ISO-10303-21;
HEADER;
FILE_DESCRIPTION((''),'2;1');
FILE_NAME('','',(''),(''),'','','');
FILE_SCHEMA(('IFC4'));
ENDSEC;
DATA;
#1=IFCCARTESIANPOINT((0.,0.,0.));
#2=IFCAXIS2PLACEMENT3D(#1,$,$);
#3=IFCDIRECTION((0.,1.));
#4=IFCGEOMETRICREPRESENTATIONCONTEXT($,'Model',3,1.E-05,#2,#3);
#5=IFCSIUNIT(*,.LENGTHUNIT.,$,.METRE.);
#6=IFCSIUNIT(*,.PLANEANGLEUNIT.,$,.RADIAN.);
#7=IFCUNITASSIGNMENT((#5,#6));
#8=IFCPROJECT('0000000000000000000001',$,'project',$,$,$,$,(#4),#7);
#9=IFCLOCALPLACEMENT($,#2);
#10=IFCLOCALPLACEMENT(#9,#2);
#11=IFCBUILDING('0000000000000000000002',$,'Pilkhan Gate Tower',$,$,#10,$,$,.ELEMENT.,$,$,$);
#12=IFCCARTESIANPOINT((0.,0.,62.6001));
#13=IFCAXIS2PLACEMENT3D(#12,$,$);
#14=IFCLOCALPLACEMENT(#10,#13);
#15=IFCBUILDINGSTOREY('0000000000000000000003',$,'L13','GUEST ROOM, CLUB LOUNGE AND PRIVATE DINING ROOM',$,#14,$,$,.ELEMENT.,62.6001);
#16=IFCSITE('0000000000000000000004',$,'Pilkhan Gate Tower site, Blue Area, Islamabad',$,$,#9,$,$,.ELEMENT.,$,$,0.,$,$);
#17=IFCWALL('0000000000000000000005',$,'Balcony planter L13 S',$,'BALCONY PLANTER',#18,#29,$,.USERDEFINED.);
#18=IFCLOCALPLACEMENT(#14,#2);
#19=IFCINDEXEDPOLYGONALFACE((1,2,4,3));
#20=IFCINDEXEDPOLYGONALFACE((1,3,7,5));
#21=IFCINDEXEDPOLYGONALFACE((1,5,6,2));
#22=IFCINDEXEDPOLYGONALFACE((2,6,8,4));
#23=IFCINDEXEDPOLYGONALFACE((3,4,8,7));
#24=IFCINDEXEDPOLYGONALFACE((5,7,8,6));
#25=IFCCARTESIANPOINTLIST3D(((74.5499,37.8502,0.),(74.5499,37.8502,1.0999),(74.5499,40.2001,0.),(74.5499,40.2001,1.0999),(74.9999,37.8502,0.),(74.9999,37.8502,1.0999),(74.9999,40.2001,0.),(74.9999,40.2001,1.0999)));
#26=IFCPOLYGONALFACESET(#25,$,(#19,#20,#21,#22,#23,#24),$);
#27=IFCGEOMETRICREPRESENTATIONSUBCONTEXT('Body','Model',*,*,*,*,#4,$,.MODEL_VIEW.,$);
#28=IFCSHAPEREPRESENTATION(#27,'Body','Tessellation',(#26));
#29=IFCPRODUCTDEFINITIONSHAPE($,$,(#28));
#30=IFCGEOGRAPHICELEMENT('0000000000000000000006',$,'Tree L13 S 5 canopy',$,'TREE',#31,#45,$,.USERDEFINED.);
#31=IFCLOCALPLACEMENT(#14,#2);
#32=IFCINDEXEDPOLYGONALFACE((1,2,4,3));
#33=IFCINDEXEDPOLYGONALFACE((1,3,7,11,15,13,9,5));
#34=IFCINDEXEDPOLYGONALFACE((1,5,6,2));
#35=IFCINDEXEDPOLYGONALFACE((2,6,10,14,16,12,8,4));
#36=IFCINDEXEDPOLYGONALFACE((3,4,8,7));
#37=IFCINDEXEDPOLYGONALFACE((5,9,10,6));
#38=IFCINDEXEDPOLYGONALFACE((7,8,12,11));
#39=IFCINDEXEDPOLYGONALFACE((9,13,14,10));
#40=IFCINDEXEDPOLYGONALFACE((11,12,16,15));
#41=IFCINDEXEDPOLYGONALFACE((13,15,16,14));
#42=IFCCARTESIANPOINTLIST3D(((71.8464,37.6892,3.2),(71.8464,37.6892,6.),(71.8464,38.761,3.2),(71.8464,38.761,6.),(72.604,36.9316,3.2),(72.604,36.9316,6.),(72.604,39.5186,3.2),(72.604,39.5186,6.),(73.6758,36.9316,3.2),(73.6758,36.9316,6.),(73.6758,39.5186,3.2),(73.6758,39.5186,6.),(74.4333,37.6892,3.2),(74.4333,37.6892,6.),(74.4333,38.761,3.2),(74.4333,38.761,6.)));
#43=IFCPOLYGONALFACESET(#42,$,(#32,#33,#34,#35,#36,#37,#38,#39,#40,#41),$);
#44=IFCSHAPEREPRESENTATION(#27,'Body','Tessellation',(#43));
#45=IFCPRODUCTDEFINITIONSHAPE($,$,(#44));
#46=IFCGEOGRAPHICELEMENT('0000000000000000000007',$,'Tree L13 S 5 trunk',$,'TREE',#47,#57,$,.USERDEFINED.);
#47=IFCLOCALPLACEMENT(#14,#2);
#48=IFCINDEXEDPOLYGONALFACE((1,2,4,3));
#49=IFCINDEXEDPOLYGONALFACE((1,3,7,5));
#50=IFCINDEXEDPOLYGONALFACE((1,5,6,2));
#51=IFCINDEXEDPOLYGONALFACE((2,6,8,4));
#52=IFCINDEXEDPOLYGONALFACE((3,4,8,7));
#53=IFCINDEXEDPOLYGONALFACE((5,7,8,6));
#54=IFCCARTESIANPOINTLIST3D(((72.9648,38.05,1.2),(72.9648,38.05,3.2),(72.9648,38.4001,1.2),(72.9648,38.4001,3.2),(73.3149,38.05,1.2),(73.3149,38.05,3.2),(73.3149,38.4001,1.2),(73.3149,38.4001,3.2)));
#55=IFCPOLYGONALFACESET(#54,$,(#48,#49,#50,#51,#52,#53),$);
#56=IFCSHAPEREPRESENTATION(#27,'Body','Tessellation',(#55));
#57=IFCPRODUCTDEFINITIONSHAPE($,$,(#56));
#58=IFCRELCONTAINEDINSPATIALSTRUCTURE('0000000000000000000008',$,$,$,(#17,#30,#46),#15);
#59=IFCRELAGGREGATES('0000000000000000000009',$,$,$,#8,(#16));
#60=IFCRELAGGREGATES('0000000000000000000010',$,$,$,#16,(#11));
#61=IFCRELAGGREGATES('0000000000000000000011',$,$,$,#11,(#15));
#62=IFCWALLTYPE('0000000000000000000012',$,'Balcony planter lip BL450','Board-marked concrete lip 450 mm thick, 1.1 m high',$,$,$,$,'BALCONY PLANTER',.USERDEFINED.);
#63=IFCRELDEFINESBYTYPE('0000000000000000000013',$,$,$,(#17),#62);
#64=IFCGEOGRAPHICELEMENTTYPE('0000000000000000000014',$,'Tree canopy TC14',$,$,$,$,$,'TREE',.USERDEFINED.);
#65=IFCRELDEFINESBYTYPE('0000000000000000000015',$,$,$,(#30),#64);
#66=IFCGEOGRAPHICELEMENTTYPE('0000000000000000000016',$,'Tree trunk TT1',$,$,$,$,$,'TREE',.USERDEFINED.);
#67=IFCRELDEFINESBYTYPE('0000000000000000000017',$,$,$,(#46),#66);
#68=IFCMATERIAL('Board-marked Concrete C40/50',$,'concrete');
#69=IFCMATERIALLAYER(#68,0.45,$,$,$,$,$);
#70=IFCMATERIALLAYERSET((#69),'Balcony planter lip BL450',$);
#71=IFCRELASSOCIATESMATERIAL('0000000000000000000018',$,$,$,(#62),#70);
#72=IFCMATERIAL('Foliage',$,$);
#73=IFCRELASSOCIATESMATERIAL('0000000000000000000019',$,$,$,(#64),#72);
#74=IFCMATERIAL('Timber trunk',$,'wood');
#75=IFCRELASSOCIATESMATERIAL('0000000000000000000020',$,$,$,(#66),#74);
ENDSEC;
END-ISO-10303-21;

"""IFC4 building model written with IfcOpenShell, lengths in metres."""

from ifc_helpers import new_model, si_unit, direction, frame, frame_2d, origin, origin_2d, place, context, subcontext, project, spatial, polyline, rectangle, outline, extrude, material, layer, layer_set, material_profile, profile_set, type_object, element, save


model = new_model("IFC4")

# Units and contexts
model_context = context("Model", 3, precision=1e-05, world=origin(), true_north=direction((0.0, 1.0)))
body_context = subcontext(model_context, "Body", "Model", "MODEL_VIEW")
ifc_project = project(units=[si_unit("LENGTHUNIT", "METRE"), si_unit("PLANEANGLEUNIT", "RADIAN")], contexts=[model_context])

# Site, building, storey
site_placement = place(None, origin())
site = spatial("IfcSite", under=ifc_project, at=site_placement, Name="Pilkhan Gate Tower site, Blue Area, Islamabad", CompositionType="ELEMENT", RefElevation=0.0)
building_placement = place(site_placement, origin())
building = spatial("IfcBuilding", under=site, at=building_placement, Name="Pilkhan Gate Tower", CompositionType="ELEMENT")
storey_placement = place(building_placement, frame((0.0, 0.0, 62.6001)))
storey = spatial("IfcBuildingStorey", under=building, at=storey_placement, Name="L13", Description="GUEST ROOM, CLUB LOUNGE AND PRIVATE DINING ROOM", CompositionType="ELEMENT", Elevation=62.6001)

# Wall
ifc_material_1 = material(Name="Board-marked Concrete C40/50", Category="concrete")
ifc_layer_1 = layer(ifc_material_1, 0.45)
ifc_layer_set_1 = layer_set([ifc_layer_1], Name="Balcony planter lip BL450")
wall_type_1 = type_object("IfcWallType", Name="Balcony planter lip BL450", Description="Board-marked concrete lip 450 mm thick, 1.1 m high", ElementType="BALCONY PLANTER", PredefinedType="USERDEFINED", material=ifc_layer_set_1)
wall_1_placement = place(storey_placement, frame((74.7749, 40.2, 0.0), z_axis=(0.0, 0.0, 1.0), x_axis=(0.0, -1.0, 0.0)))
element("IfcWall", 1, at=wall_1_placement, inside=storey, type_object=wall_type_1, Name="Balcony planter L13 S", ObjectType="BALCONY PLANTER", PredefinedType="USERDEFINED", context=body_context, shape_type="SweptSolid", body=[
    extrude(rectangle(XDim=2.3499, YDim=0.45, at=frame_2d((1.1748, 0.0))), origin(), (0.0, 0.0, 1.0), 1.0999),
])

# Geographic elements
ifc_material_2 = material(Name="Foliage")
ifc_material_profile_1 = material_profile(ifc_material_2, outline(polyline([(1.2935, 0.5359), (0.5359, 1.2935), (-0.5359, 1.2935), (-1.2935, 0.5359), (-1.2935, -0.5359), (-0.5359, -1.2935), (0.5359, -1.2935), (1.2935, -0.5359), (1.2935, 0.5359)])), Name="Canopy D2.8")
ifc_profile_set_1 = profile_set([ifc_material_profile_1], Name="Foliage")
geographic_element_type_1 = type_object("IfcGeographicElementType", Name="Tree canopy TC14", ElementType="TREE", PredefinedType="USERDEFINED", material=ifc_profile_set_1)
geographic_element_1_placement = place(storey_placement, frame((73.1399, 38.2251, 3.2), z_axis=(0.0, 0.0, 1.0), x_axis=(1.0, 0.0, 0.0)))
element("IfcGeographicElement", 2, at=geographic_element_1_placement, inside=storey, type_object=geographic_element_type_1, Name="Tree L13 S 5 canopy", ObjectType="TREE", PredefinedType="USERDEFINED", context=body_context, shape_type="SweptSolid", body=[
    extrude(outline(polyline([(1.2935, 0.5359), (0.5359, 1.2935), (-0.5359, 1.2935), (-1.2935, 0.5359), (-1.2935, -0.5359), (-0.5359, -1.2935), (0.5359, -1.2935), (1.2935, -0.5359), (1.2935, 0.5359)])), origin(), (0.0, 0.0, 1.0), 2.8),
])
ifc_material_3 = material(Name="Timber trunk", Category="wood")
geographic_element_type_2 = type_object("IfcGeographicElementType", Name="Tree trunk TT1", ElementType="TREE", PredefinedType="USERDEFINED", material=ifc_material_3)
geographic_element_2_placement = place(storey_placement, frame((73.1399, 38.2251, 1.2), z_axis=(0.0, 0.0, 1.0), x_axis=(1.0, 0.0, 0.0)))
element("IfcGeographicElement", 3, at=geographic_element_2_placement, inside=storey, type_object=geographic_element_type_2, Name="Tree L13 S 5 trunk", ObjectType="TREE", PredefinedType="USERDEFINED", context=body_context, shape_type="SweptSolid", body=[
    extrude(rectangle(XDim=0.3501, YDim=0.3501, at=origin_2d()), origin(), (0.0, 0.0, 1.0), 2.0),
])

save(model, "model.ifc")
